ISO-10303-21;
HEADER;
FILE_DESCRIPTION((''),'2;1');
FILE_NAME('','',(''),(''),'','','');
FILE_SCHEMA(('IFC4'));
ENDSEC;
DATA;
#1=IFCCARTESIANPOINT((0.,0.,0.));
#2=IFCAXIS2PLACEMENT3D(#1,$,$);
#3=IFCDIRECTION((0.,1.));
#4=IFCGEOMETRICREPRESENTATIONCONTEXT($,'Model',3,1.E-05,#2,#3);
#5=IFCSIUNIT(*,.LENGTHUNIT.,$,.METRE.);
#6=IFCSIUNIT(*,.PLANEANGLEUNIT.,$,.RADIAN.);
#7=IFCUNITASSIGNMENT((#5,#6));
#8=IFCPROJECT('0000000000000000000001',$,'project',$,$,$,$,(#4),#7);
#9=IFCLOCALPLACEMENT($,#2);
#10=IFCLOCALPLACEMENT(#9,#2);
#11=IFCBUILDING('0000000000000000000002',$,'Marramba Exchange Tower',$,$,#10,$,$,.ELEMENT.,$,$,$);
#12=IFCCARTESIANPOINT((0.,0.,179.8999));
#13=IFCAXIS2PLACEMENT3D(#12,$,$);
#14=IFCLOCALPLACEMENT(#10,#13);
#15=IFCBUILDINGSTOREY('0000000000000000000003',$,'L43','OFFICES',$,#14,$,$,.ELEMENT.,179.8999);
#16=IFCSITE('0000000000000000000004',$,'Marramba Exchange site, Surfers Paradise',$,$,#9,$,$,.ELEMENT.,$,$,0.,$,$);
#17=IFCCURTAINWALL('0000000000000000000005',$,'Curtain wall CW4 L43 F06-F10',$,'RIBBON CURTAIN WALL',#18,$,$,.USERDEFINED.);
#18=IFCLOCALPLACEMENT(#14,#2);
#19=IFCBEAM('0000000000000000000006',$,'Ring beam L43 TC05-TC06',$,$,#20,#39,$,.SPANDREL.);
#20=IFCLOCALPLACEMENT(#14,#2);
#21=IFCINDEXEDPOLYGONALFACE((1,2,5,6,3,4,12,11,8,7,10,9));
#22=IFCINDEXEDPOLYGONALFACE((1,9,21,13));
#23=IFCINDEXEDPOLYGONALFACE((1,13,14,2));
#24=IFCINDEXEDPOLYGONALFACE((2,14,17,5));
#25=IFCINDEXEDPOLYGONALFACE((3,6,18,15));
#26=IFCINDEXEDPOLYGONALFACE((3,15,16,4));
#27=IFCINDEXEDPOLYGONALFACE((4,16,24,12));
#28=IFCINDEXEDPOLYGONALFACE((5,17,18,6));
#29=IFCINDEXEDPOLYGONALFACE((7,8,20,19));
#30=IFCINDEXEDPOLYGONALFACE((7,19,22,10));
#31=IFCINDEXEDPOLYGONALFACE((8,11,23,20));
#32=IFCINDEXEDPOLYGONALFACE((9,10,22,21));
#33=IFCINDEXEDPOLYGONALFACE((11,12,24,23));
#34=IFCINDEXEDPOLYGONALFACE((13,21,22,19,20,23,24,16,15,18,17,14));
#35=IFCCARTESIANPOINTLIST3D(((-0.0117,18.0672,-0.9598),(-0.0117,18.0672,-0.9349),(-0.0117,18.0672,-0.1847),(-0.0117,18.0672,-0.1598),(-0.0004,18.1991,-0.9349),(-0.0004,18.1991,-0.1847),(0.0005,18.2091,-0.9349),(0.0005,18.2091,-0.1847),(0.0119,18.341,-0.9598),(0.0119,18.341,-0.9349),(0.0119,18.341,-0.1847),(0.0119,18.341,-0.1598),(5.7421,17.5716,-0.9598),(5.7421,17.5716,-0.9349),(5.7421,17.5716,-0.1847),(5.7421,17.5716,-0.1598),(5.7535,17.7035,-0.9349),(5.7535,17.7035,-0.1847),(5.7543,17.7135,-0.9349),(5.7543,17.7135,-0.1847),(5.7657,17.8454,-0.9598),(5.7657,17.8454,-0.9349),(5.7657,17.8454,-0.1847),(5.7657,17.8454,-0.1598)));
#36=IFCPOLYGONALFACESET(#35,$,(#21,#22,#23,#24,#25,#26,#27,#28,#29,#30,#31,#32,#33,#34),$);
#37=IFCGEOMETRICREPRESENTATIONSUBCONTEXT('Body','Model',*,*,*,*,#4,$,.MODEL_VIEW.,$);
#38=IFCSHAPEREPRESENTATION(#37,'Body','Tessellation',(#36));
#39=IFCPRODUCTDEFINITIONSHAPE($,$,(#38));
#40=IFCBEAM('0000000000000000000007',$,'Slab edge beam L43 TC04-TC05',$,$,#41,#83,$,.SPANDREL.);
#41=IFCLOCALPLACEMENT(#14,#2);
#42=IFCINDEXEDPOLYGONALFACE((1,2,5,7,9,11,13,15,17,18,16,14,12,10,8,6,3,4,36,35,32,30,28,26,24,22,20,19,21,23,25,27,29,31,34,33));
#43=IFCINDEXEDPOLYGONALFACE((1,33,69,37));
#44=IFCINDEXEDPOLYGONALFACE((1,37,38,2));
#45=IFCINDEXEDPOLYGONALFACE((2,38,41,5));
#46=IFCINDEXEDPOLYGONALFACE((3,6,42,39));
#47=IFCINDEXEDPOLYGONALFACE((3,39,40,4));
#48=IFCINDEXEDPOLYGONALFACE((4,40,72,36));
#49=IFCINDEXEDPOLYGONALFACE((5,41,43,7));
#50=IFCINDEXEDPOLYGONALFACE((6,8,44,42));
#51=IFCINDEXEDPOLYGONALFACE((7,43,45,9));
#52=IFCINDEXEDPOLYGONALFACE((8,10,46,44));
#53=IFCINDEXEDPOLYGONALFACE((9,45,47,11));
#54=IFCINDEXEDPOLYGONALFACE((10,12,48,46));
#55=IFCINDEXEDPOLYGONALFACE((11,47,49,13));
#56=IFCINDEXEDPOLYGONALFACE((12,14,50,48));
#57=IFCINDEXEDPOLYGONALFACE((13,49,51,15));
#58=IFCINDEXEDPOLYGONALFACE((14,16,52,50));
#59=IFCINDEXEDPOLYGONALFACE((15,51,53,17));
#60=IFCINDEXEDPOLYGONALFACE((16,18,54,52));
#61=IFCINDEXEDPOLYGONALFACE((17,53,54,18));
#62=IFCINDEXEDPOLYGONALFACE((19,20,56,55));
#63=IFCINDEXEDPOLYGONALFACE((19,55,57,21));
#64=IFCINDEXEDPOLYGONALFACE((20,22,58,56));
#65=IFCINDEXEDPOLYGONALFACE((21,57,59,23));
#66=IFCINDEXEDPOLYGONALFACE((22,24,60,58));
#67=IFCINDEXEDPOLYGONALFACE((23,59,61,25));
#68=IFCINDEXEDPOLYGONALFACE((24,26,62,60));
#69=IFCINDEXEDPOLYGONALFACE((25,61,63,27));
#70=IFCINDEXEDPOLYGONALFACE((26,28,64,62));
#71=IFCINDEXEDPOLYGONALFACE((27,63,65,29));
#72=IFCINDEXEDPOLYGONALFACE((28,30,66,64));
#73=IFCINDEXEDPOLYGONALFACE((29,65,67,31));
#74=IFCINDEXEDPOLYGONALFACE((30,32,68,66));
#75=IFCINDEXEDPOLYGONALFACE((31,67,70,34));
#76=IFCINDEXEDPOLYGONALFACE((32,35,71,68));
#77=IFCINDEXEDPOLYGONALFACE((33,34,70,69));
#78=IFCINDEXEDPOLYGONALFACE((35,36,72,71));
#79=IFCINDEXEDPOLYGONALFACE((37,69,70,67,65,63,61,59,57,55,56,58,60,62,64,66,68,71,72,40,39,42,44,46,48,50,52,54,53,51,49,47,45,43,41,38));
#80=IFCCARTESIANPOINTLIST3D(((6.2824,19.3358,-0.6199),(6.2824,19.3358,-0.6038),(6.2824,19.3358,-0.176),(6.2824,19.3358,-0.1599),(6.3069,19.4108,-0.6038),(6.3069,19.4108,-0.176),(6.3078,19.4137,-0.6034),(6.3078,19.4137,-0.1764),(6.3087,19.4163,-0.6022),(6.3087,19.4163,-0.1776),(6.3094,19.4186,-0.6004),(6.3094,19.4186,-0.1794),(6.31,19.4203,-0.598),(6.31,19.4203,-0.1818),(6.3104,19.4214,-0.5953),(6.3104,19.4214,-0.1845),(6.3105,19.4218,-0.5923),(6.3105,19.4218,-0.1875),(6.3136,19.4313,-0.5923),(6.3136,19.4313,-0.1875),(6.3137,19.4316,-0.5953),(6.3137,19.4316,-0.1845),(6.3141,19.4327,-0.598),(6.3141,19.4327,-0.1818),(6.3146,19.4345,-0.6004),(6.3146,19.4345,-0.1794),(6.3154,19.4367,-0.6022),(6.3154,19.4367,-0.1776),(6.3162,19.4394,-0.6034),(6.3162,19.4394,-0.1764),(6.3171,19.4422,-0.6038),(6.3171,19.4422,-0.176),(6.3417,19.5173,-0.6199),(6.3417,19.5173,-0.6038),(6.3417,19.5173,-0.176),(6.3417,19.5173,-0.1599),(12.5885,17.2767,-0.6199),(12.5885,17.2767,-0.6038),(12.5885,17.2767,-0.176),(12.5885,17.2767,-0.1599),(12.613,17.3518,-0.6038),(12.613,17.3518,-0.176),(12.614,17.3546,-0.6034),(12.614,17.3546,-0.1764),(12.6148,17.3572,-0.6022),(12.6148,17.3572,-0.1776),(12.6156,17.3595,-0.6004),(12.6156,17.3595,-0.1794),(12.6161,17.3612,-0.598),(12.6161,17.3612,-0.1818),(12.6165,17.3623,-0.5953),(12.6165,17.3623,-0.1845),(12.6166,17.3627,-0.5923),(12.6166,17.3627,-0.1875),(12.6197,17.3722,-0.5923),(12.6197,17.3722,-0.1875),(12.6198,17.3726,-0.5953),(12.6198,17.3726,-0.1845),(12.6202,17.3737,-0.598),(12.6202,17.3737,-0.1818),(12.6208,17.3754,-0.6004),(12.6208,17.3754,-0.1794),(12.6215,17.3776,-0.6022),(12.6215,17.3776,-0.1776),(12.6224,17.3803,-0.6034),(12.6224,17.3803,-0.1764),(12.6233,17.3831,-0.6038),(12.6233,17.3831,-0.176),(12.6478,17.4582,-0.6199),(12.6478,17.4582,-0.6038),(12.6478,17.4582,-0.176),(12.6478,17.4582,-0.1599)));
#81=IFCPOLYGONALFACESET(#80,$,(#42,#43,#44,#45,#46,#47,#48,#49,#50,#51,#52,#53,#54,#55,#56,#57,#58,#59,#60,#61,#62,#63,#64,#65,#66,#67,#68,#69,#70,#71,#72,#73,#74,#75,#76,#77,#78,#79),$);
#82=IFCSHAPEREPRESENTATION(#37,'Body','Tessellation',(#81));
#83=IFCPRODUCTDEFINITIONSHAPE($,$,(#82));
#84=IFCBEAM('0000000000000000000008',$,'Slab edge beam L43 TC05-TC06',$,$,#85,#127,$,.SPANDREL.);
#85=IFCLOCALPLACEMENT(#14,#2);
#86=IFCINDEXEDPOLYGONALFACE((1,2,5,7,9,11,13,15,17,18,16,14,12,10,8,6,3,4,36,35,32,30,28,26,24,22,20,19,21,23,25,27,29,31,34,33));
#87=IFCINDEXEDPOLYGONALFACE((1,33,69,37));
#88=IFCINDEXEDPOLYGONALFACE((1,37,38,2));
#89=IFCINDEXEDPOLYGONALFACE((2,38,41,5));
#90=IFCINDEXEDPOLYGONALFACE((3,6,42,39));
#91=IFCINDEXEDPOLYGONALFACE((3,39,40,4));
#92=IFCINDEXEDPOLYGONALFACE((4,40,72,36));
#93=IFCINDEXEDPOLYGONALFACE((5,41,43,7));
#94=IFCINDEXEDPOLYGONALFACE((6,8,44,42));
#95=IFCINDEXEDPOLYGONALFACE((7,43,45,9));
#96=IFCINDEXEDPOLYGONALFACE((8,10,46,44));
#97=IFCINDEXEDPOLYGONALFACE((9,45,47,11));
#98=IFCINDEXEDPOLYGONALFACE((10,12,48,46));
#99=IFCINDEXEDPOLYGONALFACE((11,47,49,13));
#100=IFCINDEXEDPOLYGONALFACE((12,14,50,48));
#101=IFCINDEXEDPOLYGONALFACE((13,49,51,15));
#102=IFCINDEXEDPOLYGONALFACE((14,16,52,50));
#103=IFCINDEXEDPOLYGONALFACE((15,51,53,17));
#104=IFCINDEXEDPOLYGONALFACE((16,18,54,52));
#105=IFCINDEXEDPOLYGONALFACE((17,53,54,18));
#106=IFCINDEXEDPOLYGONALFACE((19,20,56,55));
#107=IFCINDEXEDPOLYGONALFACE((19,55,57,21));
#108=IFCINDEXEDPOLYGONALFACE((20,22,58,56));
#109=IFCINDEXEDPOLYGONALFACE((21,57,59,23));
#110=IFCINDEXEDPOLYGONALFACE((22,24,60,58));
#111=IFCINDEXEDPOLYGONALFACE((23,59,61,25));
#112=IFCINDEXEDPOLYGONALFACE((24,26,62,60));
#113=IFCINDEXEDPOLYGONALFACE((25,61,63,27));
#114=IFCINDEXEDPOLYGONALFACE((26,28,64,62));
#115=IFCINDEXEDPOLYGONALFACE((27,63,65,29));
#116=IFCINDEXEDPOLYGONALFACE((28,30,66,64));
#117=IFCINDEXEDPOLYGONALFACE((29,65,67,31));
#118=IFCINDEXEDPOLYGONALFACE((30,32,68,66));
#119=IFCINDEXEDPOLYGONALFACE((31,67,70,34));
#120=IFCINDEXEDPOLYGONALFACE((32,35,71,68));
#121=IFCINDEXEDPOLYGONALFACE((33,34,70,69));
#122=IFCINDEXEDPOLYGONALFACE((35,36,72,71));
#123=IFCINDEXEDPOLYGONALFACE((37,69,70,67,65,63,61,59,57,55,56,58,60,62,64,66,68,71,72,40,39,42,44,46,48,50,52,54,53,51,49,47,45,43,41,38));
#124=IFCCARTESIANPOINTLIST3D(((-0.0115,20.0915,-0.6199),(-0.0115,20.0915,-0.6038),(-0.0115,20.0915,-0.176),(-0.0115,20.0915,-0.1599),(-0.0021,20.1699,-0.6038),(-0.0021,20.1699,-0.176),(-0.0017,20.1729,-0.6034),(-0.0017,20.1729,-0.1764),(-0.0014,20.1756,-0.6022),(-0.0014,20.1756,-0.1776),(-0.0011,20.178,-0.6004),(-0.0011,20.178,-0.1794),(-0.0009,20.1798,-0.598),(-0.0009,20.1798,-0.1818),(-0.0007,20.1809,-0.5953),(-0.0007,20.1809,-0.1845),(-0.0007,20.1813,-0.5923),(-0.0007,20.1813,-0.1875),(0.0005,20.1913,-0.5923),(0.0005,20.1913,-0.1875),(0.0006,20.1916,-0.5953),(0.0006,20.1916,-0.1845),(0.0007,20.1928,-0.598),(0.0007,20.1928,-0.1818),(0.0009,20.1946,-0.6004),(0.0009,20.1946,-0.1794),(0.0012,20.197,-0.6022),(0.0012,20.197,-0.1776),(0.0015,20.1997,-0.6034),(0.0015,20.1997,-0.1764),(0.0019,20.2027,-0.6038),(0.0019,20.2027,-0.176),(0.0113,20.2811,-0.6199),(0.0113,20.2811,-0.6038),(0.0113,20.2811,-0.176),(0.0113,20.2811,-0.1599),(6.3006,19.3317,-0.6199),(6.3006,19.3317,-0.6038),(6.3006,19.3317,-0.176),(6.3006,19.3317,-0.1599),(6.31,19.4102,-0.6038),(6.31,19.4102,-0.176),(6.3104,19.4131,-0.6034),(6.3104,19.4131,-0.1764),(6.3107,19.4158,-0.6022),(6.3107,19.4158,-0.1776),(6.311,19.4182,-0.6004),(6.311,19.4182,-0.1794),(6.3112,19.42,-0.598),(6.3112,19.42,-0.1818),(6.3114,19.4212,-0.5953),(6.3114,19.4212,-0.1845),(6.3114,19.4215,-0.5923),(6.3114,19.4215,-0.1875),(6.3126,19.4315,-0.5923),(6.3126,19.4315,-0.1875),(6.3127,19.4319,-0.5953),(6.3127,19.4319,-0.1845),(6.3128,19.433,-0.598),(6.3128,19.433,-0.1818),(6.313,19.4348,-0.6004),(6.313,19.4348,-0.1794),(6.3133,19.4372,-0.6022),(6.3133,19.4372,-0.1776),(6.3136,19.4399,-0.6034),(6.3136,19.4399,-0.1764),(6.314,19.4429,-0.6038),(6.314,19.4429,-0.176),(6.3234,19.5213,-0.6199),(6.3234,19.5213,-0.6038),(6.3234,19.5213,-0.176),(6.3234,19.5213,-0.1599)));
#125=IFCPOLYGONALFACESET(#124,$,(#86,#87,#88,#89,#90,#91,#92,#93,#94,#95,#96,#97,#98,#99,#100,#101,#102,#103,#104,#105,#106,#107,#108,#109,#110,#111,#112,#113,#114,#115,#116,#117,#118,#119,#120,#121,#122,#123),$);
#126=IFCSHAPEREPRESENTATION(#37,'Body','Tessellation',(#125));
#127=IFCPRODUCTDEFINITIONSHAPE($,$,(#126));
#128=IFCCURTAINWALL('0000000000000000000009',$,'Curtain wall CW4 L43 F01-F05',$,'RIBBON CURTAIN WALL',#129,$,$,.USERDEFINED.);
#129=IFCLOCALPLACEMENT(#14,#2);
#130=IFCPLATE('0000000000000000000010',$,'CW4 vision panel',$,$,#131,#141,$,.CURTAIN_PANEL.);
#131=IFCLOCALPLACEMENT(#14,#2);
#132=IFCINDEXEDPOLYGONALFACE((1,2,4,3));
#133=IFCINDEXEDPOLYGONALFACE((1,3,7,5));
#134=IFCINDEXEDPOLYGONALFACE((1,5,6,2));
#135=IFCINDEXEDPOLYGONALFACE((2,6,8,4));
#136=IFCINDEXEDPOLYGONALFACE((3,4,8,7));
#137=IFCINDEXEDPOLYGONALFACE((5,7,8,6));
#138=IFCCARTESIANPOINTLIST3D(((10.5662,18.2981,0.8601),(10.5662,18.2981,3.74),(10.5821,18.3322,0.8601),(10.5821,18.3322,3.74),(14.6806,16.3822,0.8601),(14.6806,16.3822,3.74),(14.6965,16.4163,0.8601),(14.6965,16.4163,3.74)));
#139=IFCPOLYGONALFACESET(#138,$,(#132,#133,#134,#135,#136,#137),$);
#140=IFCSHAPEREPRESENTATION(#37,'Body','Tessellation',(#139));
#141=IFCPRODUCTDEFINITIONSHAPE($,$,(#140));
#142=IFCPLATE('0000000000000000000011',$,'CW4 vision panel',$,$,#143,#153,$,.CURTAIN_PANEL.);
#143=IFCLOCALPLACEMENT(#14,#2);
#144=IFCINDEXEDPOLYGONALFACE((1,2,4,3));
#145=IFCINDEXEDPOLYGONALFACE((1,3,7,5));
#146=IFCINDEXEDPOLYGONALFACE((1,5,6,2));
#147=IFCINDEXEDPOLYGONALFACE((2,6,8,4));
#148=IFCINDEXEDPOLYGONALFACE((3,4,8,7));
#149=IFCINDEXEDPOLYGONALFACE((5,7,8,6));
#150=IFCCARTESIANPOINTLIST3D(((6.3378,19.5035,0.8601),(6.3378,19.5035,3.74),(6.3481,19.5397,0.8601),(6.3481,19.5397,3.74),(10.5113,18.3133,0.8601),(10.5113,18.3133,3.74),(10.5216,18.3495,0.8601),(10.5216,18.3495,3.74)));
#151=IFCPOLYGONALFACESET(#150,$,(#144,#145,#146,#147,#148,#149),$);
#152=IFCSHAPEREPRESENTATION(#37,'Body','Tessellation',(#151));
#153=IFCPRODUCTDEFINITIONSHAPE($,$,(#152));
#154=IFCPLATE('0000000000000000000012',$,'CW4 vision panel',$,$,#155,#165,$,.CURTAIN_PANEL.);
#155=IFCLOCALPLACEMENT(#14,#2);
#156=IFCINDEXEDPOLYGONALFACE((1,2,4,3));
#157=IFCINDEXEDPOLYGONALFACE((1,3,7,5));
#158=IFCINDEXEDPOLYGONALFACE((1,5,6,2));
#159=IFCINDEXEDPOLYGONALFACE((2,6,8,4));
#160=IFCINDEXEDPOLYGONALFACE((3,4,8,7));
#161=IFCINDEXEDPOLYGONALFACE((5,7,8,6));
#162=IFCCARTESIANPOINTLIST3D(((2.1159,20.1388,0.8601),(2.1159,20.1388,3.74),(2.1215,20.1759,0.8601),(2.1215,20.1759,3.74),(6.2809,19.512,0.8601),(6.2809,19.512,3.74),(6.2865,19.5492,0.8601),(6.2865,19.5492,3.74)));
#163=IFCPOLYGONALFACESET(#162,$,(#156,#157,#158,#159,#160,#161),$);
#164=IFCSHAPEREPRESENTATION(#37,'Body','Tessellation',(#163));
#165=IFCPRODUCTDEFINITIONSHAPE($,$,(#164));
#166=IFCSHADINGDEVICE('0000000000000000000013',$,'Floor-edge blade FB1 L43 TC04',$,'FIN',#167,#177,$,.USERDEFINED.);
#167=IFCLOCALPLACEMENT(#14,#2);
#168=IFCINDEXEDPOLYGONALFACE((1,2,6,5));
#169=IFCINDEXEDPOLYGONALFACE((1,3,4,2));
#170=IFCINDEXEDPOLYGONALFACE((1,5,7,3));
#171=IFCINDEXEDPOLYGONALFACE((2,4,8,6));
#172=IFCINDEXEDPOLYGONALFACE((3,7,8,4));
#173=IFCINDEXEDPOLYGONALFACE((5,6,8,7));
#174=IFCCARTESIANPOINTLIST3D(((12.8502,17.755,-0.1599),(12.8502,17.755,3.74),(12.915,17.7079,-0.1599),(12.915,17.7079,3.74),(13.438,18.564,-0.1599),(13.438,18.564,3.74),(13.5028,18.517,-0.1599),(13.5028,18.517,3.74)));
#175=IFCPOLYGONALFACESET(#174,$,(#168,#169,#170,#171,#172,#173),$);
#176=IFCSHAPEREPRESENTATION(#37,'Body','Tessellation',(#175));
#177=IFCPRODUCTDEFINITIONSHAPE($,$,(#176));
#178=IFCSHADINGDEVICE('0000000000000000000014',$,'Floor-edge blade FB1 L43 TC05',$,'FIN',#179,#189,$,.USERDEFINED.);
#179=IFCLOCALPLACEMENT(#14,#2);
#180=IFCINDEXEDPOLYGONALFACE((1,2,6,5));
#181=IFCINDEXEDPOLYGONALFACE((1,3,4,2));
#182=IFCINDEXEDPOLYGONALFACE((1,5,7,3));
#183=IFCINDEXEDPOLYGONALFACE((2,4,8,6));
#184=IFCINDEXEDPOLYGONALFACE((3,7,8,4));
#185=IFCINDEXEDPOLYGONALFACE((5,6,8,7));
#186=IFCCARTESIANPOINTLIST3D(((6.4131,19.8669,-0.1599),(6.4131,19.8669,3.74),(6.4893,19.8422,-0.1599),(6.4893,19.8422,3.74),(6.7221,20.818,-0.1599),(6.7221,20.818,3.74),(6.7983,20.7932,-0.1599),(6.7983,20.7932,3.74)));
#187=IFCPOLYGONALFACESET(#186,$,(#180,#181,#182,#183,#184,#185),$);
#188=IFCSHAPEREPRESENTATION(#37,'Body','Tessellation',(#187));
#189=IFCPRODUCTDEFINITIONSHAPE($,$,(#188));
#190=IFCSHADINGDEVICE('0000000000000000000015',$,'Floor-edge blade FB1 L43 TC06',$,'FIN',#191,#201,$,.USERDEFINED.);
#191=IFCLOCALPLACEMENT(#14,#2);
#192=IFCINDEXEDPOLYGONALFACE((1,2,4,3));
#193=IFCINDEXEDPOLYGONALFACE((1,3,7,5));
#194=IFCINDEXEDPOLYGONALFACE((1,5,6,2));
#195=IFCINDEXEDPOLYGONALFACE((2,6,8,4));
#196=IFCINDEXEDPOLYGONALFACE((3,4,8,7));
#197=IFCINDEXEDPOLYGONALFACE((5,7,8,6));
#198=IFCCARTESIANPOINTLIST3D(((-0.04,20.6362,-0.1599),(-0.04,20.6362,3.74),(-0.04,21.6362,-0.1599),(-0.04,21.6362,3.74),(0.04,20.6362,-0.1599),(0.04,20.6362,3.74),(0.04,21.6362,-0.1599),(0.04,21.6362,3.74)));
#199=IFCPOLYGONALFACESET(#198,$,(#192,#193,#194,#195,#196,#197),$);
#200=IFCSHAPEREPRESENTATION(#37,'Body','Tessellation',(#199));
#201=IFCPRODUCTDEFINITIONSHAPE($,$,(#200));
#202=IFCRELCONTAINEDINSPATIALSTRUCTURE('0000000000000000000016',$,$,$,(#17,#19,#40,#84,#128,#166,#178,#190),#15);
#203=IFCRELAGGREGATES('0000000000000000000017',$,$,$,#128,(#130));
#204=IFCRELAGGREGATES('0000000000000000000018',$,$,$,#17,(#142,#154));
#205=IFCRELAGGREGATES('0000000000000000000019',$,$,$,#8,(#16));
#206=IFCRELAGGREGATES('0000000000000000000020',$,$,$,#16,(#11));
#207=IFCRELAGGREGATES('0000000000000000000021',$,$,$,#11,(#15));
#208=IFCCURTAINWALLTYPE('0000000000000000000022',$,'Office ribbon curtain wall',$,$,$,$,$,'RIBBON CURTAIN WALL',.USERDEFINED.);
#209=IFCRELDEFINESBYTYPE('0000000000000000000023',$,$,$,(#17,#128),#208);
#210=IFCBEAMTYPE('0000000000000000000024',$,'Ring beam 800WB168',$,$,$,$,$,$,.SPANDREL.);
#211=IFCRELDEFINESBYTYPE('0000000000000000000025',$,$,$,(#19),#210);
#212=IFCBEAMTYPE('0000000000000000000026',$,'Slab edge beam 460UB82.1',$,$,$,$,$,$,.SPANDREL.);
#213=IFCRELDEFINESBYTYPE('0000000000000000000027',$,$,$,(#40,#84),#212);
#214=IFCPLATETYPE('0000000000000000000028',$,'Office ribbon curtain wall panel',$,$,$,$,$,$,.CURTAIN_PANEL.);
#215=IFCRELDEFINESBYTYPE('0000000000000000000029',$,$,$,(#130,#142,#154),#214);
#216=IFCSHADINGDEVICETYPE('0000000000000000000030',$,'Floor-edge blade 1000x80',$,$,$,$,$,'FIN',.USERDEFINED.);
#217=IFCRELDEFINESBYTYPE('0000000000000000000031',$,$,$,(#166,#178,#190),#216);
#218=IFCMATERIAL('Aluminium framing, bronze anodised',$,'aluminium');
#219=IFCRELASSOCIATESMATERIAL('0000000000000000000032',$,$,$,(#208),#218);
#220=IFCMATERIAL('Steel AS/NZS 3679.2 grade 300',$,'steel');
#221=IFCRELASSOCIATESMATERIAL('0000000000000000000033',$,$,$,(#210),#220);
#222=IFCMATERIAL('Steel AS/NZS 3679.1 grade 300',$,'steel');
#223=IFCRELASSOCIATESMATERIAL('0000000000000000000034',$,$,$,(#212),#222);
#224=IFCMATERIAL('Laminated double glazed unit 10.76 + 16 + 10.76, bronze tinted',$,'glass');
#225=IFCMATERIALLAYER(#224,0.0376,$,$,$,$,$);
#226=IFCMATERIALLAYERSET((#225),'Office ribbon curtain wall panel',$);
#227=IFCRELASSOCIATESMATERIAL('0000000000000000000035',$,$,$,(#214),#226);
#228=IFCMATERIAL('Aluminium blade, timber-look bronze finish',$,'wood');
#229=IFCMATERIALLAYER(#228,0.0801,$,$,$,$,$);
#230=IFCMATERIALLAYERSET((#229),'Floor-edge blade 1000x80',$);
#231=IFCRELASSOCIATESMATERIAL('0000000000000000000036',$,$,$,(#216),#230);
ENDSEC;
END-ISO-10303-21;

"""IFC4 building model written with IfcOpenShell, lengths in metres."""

from ifc_helpers import new_model, si_unit, direction, frame, origin, origin_2d, place, context, subcontext, project, spatial, rectangle, i_section, extrude, material, layer, layer_set, material_profile, profile_set, type_object, element, aggregate, save


model = new_model("IFC4")

# Units and contexts
model_context = context("Model", 3, precision=1e-05, world=origin(), true_north=direction((0.0, 1.0)))
body_context = subcontext(model_context, "Body", "Model", "MODEL_VIEW")
ifc_project = project(units=[si_unit("LENGTHUNIT", "METRE"), si_unit("PLANEANGLEUNIT", "RADIAN")], contexts=[model_context])

# Site, building, storey
site_placement = place(None, origin())
site = spatial("IfcSite", under=ifc_project, at=site_placement, Name="Marramba Exchange site, Surfers Paradise", CompositionType="ELEMENT", RefElevation=0.0)
building_placement = place(site_placement, origin())
building = spatial("IfcBuilding", under=site, at=building_placement, Name="Marramba Exchange Tower", CompositionType="ELEMENT")
storey_placement = place(building_placement, frame((0.0, 0.0, 179.8999)))
storey = spatial("IfcBuildingStorey", under=building, at=storey_placement, Name="L43", Description="OFFICES", CompositionType="ELEMENT", Elevation=179.8999)

# Shared definitions
ifc_material_1 = material(Name="Steel AS/NZS 3679.2 grade 300", Category="steel")

# Curtain wall
ifc_material_2 = material(Name="Aluminium framing, bronze anodised", Category="aluminium")
curtain_wall_type = type_object("IfcCurtainWallType", Name="Office ribbon curtain wall", ElementType="RIBBON CURTAIN WALL", PredefinedType="USERDEFINED", material=ifc_material_2)
curtain_wall_1_placement = place(storey_placement, origin())
curtain_wall_1 = element("IfcCurtainWall", 1, at=curtain_wall_1_placement, inside=storey, type_object=curtain_wall_type, Name="Curtain wall CW4 L43 F06-F10", ObjectType="RIBBON CURTAIN WALL", PredefinedType="USERDEFINED")

# Beams
ifc_material_profile_1 = material_profile(ifc_material_1, i_section(OverallWidth=0.2749, OverallDepth=0.8, WebThickness=0.01, FlangeThickness=0.0249, at=origin_2d()), Name="800WB168")
ifc_profile_set_1 = profile_set([ifc_material_profile_1], Name="Steel AS/NZS 3679.2 grade 300")
beam_type_1 = type_object("IfcBeamType", Name="Ring beam 800WB168", PredefinedType="SPANDREL", material=ifc_profile_set_1)
beam_1_placement = place(storey_placement, frame((5.7539, 17.7085, -0.5598), z_axis=(-0.996311, 0.085816, 0.0), x_axis=(-0.085816, -0.996311, 0.0)))
element("IfcBeam", 2, at=beam_1_placement, inside=storey, type_object=beam_type_1, Name="Ring beam L43 TC05-TC06", PredefinedType="SPANDREL", context=body_context, shape_type="SweptSolid", body=[
    extrude(i_section(OverallWidth=0.2749, OverallDepth=0.8, WebThickness=0.01, FlangeThickness=0.0249, at=origin_2d()), origin(), (0.0, 0.0, 1.0), 5.7751),
])
ifc_material_3 = material(Name="Steel AS/NZS 3679.1 grade 300", Category="steel")
ifc_material_profile_2 = material_profile(ifc_material_3, i_section(OverallWidth=0.1909, OverallDepth=0.46, WebThickness=0.01, FlangeThickness=0.0161, FilletRadius=0.0115, at=origin_2d()), Name="460UB82.1")
ifc_profile_set_2 = profile_set([ifc_material_profile_2], Name="Steel AS/NZS 3679.1 grade 300")
beam_type_2 = type_object("IfcBeamType", Name="Slab edge beam 460UB82.1", PredefinedType="SPANDREL", material=ifc_profile_set_2)
beam_2_placement = place(storey_placement, frame((12.6182, 17.3674, -0.3899), z_axis=(-0.950609, 0.310392, 0.0), x_axis=(-0.310392, -0.950609, 0.0)))
element("IfcBeam", 3, at=beam_2_placement, inside=storey, type_object=beam_type_2, Name="Slab edge beam L43 TC04-TC05", PredefinedType="SPANDREL", context=body_context, shape_type="SweptSolid", body=[
    extrude(i_section(OverallWidth=0.1909, OverallDepth=0.46, WebThickness=0.01, FlangeThickness=0.0161, FilletRadius=0.0115, at=origin_2d()), origin(), (0.0, 0.0, 1.0), 6.6338),
])
beam_3_placement = place(storey_placement, frame((6.312, 19.4265, -0.3899), z_axis=(-0.992834, 0.119506, 0.0), x_axis=(-0.119506, -0.992834, 0.0)))
element("IfcBeam", 4, at=beam_3_placement, inside=storey, type_object=beam_type_2, Name="Slab edge beam L43 TC05-TC06", PredefinedType="SPANDREL", context=body_context, shape_type="SweptSolid", body=[
    extrude(i_section(OverallWidth=0.1909, OverallDepth=0.46, WebThickness=0.01, FlangeThickness=0.0161, FilletRadius=0.0115, at=origin_2d()), origin(), (0.0, 0.0, 1.0), 6.3577),
])

# Curtain wall, plate
curtain_wall_2_placement = place(storey_placement, origin())
curtain_wall_2 = element("IfcCurtainWall", 5, at=curtain_wall_2_placement, inside=storey, type_object=curtain_wall_type, Name="Curtain wall CW4 L43 F01-F05", ObjectType="RIBBON CURTAIN WALL", PredefinedType="USERDEFINED")
ifc_material_4 = material(Name="Laminated double glazed unit 10.76 + 16 + 10.76, bronze tinted", Category="glass")
ifc_layer_1 = layer(ifc_material_4, 0.0376)
ifc_layer_set_1 = layer_set([ifc_layer_1], Name="Office ribbon curtain wall panel")
plate_type = type_object("IfcPlateType", Name="Office ribbon curtain wall panel", PredefinedType="CURTAIN_PANEL", material=ifc_layer_set_1)
plate_1_placement = place(storey_placement, frame((12.6313, 17.3572, 0.8601), z_axis=(0.0, 0.0, 1.0), x_axis=(-0.906534, 0.422133, 0.0)))
plate_1 = element("IfcPlate", 6, at=plate_1_placement, type_object=plate_type, Name="CW4 vision panel", PredefinedType="CURTAIN_PANEL", context=body_context, shape_type="SweptSolid", body=[
    extrude(rectangle(XDim=4.5386, YDim=0.0376, at=origin_2d()), origin(), (0.0, 0.0, 1.0), 2.8799),
])
aggregate(curtain_wall_2, [plate_1])

# Plates
plate_2_placement = place(storey_placement, frame((8.4297, 18.9265, 0.8601), z_axis=(0.0, 0.0, 1.0), x_axis=(-0.961659, 0.274248, 0.0)))
plate_2 = element("IfcPlate", 7, at=plate_2_placement, type_object=plate_type, Name="CW4 vision panel", PredefinedType="CURTAIN_PANEL", context=body_context, shape_type="SweptSolid", body=[
    extrude(rectangle(XDim=4.3398, YDim=0.0376, at=origin_2d()), origin(), (0.0, 0.0, 1.0), 2.8799),
])
plate_3_placement = place(storey_placement, frame((4.2012, 19.844, 0.8601), z_axis=(0.0, 0.0, 1.0), x_axis=(-0.988868, 0.148795, 0.0)))
plate_3 = element("IfcPlate", 8, at=plate_3_placement, type_object=plate_type, Name="CW4 vision panel", PredefinedType="CURTAIN_PANEL", context=body_context, shape_type="SweptSolid", body=[
    extrude(rectangle(XDim=4.2119, YDim=0.0376, at=origin_2d()), origin(), (0.0, 0.0, 1.0), 2.8799),
])
aggregate(curtain_wall_1, [plate_2, plate_3])

# Shading devices
ifc_material_5 = material(Name="Aluminium blade, timber-look bronze finish", Category="wood")
ifc_layer_2 = layer(ifc_material_5, 0.0801)
ifc_layer_set_2 = layer_set([ifc_layer_2], Name="Floor-edge blade 1000x80")
shading_device_type_1 = type_object("IfcShadingDeviceType", Name="Floor-edge blade 1000x80", ElementType="FIN", PredefinedType="USERDEFINED", material=ifc_layer_set_2)
for number, where, z_axis, x_axis, name in (
    (9, (13.1765, 18.136, -0.1599), (0.0, 0.0, 1.0), (0.587785, 0.809017, 0.0), "Floor-edge blade FB1 L43 TC04"),
    (10, (6.6057, 20.3301, -0.1599), (0.0, 0.0, 1.0), (0.309017, 0.951057, 0.0), "Floor-edge blade FB1 L43 TC05"),
    (11, (0.0, 21.1362, -0.1599), (0.0, 0.0, 1.0), (0.0, 1.0, 0.0), "Floor-edge blade FB1 L43 TC06"),
):
    element("IfcShadingDevice", number, at=place(storey_placement, frame(where, z_axis=z_axis, x_axis=x_axis)), inside=storey, type_object=shading_device_type_1, Name=name, ObjectType="FIN", PredefinedType="USERDEFINED", context=body_context, shape_type="SweptSolid", body=[
        extrude(rectangle(XDim=1.0, YDim=0.0801, at=origin_2d()), origin(), (0.0, 0.0, 1.0), 3.8999),
    ])

save(model, "model.ifc")
